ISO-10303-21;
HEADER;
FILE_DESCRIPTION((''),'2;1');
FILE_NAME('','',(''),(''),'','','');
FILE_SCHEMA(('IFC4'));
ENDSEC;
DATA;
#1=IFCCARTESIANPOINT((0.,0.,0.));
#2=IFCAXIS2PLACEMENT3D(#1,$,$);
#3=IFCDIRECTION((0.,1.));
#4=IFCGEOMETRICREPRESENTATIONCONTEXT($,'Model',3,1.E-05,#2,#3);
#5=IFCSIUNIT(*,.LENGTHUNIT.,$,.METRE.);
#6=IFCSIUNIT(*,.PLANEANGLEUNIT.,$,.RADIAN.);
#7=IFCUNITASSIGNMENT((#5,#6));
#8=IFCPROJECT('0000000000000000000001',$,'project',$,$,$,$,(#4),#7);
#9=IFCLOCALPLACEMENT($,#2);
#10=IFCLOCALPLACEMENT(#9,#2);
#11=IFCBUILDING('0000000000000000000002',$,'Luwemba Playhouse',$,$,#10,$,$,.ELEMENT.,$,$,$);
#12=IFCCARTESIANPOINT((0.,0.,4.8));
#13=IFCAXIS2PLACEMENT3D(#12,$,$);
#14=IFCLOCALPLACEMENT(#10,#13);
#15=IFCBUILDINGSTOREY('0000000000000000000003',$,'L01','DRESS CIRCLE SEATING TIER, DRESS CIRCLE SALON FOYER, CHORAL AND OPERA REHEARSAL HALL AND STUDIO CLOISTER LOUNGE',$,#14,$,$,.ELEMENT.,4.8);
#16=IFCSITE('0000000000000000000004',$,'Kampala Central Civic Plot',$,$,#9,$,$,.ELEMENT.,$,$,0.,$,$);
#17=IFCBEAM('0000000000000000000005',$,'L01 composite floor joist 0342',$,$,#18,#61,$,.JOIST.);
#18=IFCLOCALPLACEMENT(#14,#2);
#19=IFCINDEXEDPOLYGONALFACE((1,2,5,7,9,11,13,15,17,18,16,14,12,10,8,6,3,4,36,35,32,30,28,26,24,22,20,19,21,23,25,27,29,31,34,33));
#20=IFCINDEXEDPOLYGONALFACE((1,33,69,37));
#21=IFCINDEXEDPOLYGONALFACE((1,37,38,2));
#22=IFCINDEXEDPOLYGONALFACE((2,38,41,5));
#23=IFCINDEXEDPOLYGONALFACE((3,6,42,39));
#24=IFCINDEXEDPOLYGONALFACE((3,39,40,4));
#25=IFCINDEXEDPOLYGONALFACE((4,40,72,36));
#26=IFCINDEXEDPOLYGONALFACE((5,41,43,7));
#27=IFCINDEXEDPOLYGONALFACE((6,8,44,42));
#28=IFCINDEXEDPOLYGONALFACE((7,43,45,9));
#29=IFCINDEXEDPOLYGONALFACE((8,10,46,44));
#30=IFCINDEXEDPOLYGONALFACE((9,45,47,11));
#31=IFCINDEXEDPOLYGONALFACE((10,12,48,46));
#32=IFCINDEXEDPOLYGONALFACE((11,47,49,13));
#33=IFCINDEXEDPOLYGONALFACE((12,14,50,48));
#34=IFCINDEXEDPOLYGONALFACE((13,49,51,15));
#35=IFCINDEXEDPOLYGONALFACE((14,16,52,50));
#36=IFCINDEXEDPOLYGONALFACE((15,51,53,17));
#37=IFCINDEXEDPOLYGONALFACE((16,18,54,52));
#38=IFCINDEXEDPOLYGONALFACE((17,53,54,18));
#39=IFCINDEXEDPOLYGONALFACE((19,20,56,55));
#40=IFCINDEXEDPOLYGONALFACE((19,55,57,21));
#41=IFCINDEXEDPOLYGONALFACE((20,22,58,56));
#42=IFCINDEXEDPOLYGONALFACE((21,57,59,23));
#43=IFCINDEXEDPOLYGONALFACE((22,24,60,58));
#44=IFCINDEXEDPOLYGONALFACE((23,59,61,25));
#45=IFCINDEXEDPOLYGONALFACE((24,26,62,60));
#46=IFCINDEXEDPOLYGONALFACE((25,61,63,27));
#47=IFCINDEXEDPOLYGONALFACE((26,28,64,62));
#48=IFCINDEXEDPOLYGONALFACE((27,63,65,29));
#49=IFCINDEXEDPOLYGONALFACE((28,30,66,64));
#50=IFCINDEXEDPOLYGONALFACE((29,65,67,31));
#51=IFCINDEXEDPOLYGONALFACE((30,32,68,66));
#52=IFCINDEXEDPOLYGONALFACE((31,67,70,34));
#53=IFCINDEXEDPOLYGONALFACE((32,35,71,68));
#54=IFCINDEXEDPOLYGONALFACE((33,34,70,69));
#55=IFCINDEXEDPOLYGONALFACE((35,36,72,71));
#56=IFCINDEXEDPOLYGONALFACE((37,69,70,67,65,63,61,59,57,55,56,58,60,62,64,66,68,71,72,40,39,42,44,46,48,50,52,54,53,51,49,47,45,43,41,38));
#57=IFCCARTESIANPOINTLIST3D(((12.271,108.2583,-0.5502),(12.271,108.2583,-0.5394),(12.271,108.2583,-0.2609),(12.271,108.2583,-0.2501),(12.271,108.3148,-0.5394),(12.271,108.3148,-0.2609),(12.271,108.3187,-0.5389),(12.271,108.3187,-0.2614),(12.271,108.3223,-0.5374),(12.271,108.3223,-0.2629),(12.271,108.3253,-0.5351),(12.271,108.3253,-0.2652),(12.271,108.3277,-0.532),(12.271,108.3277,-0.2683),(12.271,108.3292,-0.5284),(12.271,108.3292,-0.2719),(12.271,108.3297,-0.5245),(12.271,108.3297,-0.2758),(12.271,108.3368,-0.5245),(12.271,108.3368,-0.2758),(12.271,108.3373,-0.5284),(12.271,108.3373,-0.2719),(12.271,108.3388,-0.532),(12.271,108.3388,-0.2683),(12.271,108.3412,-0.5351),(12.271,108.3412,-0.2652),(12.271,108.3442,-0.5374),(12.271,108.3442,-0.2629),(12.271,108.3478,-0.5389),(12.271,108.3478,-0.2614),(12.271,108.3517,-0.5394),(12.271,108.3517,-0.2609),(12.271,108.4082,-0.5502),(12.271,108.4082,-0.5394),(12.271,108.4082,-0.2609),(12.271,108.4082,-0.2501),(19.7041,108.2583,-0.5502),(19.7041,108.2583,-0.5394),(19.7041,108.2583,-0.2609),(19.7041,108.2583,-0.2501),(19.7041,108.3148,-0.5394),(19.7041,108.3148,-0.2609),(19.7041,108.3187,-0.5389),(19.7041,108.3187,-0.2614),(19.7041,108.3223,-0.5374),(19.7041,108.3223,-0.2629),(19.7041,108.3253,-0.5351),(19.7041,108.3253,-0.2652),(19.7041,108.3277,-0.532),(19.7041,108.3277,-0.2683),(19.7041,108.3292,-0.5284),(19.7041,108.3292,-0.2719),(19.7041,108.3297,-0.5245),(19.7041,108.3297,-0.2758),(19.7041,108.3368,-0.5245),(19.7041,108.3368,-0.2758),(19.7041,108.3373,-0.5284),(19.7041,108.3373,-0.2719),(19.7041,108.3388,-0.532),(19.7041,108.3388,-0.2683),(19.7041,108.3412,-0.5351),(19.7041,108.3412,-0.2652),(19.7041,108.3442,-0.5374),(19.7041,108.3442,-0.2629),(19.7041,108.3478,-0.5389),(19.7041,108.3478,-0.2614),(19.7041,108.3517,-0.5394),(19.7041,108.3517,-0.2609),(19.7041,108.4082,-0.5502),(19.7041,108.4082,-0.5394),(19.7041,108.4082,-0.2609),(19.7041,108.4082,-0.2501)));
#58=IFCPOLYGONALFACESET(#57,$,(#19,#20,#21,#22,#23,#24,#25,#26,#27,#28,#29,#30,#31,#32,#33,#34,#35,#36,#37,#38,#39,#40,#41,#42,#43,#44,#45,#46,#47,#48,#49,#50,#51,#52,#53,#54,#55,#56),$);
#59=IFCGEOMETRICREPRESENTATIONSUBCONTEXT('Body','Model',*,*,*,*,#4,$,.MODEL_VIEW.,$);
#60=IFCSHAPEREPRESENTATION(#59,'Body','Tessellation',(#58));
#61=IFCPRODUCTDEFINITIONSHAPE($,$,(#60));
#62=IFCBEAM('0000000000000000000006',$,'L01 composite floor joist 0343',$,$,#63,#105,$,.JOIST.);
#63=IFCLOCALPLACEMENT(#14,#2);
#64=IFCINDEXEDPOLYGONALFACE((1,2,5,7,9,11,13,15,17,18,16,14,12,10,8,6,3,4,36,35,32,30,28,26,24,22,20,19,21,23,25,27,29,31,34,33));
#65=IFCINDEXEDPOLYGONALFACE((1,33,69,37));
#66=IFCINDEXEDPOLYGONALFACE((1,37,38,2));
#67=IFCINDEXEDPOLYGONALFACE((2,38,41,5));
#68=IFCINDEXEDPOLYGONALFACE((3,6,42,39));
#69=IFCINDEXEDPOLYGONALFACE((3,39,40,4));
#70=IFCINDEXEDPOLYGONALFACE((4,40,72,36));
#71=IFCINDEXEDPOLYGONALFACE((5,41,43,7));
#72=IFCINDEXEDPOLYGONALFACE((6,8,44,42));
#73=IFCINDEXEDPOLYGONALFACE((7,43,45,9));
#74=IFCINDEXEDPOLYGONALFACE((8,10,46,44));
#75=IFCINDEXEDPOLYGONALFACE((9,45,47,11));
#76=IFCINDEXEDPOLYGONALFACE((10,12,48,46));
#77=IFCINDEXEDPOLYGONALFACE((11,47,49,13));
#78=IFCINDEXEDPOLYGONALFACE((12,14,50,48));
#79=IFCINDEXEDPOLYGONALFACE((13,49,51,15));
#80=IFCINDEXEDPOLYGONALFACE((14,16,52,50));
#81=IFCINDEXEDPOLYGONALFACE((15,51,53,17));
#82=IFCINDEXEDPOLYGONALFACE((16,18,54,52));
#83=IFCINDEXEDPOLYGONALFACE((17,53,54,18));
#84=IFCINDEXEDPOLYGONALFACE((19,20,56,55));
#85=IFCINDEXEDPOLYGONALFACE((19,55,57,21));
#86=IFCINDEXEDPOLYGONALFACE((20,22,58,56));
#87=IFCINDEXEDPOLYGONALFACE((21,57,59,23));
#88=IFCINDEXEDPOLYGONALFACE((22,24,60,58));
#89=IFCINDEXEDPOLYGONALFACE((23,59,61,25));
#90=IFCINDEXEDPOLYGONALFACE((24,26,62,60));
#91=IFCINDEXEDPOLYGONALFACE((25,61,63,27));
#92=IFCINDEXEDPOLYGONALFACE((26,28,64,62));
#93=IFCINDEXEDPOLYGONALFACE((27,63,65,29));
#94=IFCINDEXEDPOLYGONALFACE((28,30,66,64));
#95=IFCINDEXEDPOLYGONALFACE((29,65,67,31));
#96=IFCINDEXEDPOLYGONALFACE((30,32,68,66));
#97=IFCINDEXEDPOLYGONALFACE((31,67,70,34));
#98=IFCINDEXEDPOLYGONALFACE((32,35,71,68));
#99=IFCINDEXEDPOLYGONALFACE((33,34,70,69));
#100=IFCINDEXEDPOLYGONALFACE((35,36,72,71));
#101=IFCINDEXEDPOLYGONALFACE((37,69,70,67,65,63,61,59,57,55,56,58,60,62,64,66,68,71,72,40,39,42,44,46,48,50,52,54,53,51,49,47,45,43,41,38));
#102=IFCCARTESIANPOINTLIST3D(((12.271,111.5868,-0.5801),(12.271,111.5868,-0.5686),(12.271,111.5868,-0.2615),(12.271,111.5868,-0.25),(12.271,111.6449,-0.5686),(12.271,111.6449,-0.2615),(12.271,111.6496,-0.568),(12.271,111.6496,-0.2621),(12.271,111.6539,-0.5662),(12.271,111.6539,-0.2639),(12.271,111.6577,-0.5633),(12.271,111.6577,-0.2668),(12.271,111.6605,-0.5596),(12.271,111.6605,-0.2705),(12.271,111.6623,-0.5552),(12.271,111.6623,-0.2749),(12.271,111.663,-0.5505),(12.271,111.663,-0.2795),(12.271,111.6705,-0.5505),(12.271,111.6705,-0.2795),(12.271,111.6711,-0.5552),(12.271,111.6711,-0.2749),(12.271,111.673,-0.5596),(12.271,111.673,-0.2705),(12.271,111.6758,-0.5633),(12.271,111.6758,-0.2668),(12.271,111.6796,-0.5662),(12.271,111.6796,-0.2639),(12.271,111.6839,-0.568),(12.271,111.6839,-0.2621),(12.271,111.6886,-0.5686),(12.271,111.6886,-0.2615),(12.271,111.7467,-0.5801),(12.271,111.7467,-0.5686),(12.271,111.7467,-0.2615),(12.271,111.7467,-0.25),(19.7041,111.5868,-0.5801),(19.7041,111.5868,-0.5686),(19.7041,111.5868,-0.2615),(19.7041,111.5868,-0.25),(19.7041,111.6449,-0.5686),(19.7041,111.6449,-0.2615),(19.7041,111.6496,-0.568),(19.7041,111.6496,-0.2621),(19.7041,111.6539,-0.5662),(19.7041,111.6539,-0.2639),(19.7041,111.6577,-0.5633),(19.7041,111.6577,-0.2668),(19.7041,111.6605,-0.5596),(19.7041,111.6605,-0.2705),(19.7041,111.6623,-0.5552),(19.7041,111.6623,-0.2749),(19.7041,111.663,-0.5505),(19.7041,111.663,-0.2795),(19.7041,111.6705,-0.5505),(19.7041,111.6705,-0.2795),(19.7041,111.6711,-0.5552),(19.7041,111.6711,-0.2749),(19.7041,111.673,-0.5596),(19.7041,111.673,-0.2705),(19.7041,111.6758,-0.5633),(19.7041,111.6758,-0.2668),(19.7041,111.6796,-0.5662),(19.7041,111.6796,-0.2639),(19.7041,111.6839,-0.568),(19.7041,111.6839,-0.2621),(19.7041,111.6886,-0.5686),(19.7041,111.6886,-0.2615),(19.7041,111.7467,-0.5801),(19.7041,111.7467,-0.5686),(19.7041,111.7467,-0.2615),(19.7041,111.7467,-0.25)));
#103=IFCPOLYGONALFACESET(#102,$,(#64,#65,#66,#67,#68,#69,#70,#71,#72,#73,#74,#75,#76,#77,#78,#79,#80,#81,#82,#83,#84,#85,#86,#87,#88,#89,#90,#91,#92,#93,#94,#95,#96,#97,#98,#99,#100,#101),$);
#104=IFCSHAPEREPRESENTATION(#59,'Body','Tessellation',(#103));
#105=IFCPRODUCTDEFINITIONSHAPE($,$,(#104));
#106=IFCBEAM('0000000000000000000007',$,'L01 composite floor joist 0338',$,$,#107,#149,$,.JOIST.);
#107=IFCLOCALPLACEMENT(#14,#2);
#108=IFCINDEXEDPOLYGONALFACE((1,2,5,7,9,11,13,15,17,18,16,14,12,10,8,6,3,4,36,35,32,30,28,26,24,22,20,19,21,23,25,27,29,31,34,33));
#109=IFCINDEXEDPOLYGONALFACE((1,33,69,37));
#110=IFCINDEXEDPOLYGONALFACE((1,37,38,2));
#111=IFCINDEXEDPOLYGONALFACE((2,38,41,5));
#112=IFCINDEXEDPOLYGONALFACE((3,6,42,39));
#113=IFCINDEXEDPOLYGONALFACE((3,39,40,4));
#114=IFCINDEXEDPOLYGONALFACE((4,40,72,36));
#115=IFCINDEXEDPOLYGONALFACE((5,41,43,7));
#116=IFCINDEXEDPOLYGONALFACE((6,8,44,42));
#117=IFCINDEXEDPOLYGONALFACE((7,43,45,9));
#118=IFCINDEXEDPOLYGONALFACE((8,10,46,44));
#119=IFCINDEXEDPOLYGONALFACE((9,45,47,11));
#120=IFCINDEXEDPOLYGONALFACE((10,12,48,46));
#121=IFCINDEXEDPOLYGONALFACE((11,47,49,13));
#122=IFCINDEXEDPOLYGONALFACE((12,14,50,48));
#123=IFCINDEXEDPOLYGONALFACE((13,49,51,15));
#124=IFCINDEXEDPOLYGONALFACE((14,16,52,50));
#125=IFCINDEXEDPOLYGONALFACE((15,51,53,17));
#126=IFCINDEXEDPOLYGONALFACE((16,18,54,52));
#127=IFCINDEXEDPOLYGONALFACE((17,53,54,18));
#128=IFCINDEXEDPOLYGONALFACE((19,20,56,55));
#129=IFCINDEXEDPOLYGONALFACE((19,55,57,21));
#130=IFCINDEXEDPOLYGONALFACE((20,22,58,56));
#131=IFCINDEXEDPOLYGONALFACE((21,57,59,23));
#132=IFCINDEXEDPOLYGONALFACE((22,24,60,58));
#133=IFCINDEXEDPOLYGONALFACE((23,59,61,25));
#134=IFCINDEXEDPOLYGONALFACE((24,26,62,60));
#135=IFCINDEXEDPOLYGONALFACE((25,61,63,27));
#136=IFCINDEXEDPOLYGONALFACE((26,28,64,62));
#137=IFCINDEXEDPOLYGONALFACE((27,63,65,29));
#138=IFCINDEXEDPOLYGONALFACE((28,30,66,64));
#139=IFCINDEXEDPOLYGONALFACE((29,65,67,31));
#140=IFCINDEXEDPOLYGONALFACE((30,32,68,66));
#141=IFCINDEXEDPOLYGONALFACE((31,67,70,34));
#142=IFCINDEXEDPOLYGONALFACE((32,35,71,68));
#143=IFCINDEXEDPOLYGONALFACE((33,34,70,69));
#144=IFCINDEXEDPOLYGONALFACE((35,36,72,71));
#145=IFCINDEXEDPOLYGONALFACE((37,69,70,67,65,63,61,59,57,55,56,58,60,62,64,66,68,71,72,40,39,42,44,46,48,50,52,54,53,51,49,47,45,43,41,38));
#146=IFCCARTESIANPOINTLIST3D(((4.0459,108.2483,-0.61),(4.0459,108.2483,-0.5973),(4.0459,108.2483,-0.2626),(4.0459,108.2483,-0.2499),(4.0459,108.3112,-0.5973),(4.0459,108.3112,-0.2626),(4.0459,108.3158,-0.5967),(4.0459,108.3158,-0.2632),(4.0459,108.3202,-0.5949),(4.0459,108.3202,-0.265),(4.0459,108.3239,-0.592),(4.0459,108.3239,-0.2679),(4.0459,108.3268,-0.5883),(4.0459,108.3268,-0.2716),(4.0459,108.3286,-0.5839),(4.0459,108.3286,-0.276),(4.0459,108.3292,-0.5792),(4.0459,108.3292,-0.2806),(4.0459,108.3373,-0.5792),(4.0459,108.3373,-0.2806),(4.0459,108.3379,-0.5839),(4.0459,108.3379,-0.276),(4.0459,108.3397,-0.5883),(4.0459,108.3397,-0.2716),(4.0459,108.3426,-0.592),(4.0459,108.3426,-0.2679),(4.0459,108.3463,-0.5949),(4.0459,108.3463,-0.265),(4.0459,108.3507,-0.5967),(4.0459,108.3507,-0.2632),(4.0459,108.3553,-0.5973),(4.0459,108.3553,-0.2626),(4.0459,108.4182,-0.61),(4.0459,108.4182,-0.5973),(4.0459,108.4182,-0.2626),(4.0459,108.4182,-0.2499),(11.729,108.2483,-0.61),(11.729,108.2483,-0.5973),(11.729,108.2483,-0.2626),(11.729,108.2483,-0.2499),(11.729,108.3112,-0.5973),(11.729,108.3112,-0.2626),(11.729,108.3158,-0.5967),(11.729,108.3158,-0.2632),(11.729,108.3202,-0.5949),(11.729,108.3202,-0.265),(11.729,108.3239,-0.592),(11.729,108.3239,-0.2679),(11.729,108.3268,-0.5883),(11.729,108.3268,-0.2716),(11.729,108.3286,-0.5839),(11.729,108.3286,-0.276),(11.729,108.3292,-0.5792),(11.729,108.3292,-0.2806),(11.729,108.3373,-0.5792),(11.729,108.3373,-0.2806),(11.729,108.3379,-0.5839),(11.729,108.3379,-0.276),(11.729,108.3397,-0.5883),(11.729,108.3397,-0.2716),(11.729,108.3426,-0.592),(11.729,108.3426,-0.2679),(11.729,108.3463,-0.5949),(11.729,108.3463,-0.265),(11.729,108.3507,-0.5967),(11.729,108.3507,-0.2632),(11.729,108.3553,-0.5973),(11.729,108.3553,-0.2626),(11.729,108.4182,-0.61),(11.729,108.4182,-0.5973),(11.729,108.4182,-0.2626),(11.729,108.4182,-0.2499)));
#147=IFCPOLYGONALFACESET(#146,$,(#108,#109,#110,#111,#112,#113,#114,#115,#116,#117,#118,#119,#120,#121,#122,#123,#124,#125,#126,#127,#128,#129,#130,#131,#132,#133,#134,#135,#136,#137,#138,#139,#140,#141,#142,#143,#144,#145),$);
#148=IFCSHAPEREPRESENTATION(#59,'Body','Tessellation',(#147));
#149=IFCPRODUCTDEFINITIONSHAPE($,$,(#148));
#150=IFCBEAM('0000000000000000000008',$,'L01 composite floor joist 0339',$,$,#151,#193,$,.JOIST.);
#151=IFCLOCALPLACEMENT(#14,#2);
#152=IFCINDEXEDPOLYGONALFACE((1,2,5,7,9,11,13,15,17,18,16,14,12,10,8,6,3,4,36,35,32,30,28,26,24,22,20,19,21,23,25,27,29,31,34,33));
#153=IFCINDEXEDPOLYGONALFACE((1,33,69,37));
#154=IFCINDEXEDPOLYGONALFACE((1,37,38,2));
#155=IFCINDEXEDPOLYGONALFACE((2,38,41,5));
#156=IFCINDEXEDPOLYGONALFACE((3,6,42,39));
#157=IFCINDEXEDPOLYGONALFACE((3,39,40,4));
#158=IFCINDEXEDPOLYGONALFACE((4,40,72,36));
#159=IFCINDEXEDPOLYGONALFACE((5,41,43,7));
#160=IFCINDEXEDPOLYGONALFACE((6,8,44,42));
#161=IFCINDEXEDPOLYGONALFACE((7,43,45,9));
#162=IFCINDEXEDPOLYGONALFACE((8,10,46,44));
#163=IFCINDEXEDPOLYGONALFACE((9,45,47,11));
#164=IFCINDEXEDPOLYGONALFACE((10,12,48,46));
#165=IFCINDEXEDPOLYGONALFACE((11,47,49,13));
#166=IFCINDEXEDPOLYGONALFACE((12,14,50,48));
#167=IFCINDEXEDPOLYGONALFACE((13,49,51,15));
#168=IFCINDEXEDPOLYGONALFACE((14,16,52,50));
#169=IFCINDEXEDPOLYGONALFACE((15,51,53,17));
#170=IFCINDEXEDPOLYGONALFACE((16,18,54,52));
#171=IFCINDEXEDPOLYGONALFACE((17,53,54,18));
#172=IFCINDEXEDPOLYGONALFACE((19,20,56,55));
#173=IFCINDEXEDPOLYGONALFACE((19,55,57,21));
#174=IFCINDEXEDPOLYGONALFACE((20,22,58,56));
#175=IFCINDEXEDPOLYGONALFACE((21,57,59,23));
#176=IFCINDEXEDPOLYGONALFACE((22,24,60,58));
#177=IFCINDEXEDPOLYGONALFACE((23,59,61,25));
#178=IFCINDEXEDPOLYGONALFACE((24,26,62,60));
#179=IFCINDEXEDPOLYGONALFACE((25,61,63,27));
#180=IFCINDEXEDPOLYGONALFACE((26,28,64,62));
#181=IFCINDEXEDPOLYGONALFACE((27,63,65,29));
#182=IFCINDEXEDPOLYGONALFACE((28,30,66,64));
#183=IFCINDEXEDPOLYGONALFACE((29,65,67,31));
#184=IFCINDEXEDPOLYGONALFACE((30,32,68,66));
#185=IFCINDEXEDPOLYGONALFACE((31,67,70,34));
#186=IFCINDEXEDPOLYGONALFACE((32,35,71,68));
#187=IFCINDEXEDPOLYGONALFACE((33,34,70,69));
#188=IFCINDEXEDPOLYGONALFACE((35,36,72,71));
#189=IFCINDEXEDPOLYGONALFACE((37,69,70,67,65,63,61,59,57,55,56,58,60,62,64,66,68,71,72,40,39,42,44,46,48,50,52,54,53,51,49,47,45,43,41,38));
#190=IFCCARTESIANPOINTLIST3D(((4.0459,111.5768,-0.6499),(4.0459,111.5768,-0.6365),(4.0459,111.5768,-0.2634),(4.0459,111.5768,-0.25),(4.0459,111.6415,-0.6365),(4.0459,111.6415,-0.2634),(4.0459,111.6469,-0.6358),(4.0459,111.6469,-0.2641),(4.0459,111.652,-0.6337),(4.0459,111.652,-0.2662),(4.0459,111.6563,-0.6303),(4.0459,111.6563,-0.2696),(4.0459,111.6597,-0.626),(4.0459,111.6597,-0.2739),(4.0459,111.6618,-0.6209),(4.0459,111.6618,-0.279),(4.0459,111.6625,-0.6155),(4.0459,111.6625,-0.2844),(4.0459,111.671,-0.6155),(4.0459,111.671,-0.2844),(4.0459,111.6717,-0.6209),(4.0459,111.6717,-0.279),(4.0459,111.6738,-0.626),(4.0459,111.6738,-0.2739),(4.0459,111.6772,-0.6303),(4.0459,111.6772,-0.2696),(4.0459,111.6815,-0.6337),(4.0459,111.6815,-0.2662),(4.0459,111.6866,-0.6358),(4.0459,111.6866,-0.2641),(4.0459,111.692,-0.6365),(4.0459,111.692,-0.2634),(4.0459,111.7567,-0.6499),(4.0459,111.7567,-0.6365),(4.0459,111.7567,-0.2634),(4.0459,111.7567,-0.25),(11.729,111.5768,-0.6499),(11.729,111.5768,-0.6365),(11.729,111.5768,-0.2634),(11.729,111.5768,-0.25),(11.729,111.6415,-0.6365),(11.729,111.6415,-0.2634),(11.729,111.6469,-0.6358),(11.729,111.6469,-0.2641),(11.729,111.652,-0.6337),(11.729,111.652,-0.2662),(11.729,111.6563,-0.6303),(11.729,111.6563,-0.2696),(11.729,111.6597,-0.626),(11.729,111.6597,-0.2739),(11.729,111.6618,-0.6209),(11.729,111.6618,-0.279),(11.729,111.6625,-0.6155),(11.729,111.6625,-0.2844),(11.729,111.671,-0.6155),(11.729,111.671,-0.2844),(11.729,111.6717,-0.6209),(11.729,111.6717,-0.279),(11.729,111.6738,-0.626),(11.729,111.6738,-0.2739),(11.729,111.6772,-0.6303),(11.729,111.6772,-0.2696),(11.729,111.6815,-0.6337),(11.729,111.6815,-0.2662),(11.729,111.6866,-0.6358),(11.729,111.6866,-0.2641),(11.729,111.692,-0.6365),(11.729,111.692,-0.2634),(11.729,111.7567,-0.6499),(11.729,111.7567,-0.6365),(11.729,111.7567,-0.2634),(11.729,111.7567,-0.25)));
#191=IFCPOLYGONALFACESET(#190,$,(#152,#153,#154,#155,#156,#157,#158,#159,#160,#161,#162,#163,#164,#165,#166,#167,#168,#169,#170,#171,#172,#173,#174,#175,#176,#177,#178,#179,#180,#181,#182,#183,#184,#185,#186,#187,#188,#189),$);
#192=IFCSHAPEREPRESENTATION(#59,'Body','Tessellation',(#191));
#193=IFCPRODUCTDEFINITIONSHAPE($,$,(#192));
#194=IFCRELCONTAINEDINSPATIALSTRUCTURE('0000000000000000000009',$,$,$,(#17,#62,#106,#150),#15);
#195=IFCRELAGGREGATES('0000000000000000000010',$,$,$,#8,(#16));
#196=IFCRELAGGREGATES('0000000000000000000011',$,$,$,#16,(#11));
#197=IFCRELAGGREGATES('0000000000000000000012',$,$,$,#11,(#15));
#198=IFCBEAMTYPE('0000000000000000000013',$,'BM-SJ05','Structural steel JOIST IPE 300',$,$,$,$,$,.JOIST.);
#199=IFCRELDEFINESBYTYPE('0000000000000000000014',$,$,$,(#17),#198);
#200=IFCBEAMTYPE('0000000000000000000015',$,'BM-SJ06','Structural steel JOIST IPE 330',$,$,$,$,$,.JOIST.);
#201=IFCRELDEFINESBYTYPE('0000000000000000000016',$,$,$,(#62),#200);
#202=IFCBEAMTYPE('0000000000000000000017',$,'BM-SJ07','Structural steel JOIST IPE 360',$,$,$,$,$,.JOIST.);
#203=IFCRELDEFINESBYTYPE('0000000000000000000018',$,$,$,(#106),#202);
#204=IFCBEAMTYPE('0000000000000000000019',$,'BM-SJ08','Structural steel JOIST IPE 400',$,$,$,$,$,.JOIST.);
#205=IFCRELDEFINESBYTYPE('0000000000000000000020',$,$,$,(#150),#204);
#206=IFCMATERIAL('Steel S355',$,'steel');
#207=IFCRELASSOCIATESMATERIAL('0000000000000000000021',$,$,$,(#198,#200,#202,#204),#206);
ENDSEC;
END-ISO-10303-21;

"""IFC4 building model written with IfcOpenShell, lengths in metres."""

from ifc_helpers import new_model, si_unit, direction, frame, origin, origin_2d, place, context, subcontext, project, spatial, i_section, extrude, material, material_profile, profile_set, type_object, element, save


model = new_model("IFC4")

# Units and contexts
model_context = context("Model", 3, precision=1e-05, world=origin(), true_north=direction((0.0, 1.0)))
body_context = subcontext(model_context, "Body", "Model", "MODEL_VIEW")
ifc_project = project(units=[si_unit("LENGTHUNIT", "METRE"), si_unit("PLANEANGLEUNIT", "RADIAN")], contexts=[model_context])

# Site, building, storey
site_placement = place(None, origin())
site = spatial("IfcSite", under=ifc_project, at=site_placement, Name="Kampala Central Civic Plot", CompositionType="ELEMENT", RefElevation=0.0)
building_placement = place(site_placement, origin())
building = spatial("IfcBuilding", under=site, at=building_placement, Name="Luwemba Playhouse", CompositionType="ELEMENT")
storey_placement = place(building_placement, frame((0.0, 0.0, 4.8)))
storey = spatial("IfcBuildingStorey", under=building, at=storey_placement, Name="L01", Description="DRESS CIRCLE SEATING TIER, DRESS CIRCLE SALON FOYER, CHORAL AND OPERA REHEARSAL HALL AND STUDIO CLOISTER LOUNGE", CompositionType="ELEMENT", Elevation=4.8)

# Shared definitions
ifc_material_1 = material(Name="Steel S355", Category="steel")

# Beams
ifc_material_profile_1 = material_profile(ifc_material_1, i_section(OverallWidth=0.1499, OverallDepth=0.3, WebThickness=0.0071, FlangeThickness=0.0107, FilletRadius=0.0149, at=origin_2d()))
ifc_profile_set_1 = profile_set([ifc_material_profile_1], Name="Steel S355")
beam_type_1 = type_object("IfcBeamType", Name="BM-SJ05", Description="Structural steel JOIST IPE 300", PredefinedType="JOIST", material=ifc_profile_set_1)
beam_1_placement = place(storey_placement, frame((12.271, 108.3333, -0.4001), z_axis=(1.0, 0.0, 0.0), x_axis=(0.0, 1.0, 0.0)))
element("IfcBeam", 1, at=beam_1_placement, inside=storey, type_object=beam_type_1, Name="L01 composite floor joist 0342", PredefinedType="JOIST", context=body_context, shape_type="SweptSolid", body=[
    extrude(i_section(OverallWidth=0.1499, OverallDepth=0.3, WebThickness=0.0071, FlangeThickness=0.0107, FilletRadius=0.0149, at=origin_2d()), origin(), (0.0, 0.0, 1.0), 7.4331),
])
ifc_material_profile_2 = material_profile(ifc_material_1, i_section(OverallWidth=0.1599, OverallDepth=0.3301, WebThickness=0.0076, FlangeThickness=0.0115, FilletRadius=0.0181, at=origin_2d()))
ifc_profile_set_2 = profile_set([ifc_material_profile_2], Name="Steel S355")
beam_type_2 = type_object("IfcBeamType", Name="BM-SJ06", Description="Structural steel JOIST IPE 330", PredefinedType="JOIST", material=ifc_profile_set_2)
beam_2_placement = place(storey_placement, frame((12.271, 111.6667, -0.415), z_axis=(1.0, 0.0, 0.0), x_axis=(0.0, 1.0, 0.0)))
element("IfcBeam", 2, at=beam_2_placement, inside=storey, type_object=beam_type_2, Name="L01 composite floor joist 0343", PredefinedType="JOIST", context=body_context, shape_type="SweptSolid", body=[
    extrude(i_section(OverallWidth=0.1599, OverallDepth=0.3301, WebThickness=0.0076, FlangeThickness=0.0115, FilletRadius=0.0181, at=origin_2d()), origin(), (0.0, 0.0, 1.0), 7.4331),
])
ifc_material_profile_3 = material_profile(ifc_material_1, i_section(OverallWidth=0.1699, OverallDepth=0.3601, WebThickness=0.0081, FlangeThickness=0.0127, FilletRadius=0.0181, at=origin_2d()))
ifc_profile_set_3 = profile_set([ifc_material_profile_3], Name="Steel S355")
beam_type_3 = type_object("IfcBeamType", Name="BM-SJ07", Description="Structural steel JOIST IPE 360", PredefinedType="JOIST", material=ifc_profile_set_3)
beam_3_placement = place(storey_placement, frame((4.0459, 108.3333, -0.4299), z_axis=(1.0, 0.0, 0.0), x_axis=(0.0, 1.0, 0.0)))
element("IfcBeam", 3, at=beam_3_placement, inside=storey, type_object=beam_type_3, Name="L01 composite floor joist 0338", PredefinedType="JOIST", context=body_context, shape_type="SweptSolid", body=[
    extrude(i_section(OverallWidth=0.1699, OverallDepth=0.3601, WebThickness=0.0081, FlangeThickness=0.0127, FilletRadius=0.0181, at=origin_2d()), origin(), (0.0, 0.0, 1.0), 7.6831),
])
ifc_material_profile_4 = material_profile(ifc_material_1, i_section(OverallWidth=0.1799, OverallDepth=0.3999, WebThickness=0.0085, FlangeThickness=0.0134, FilletRadius=0.021, at=origin_2d()))
ifc_profile_set_4 = profile_set([ifc_material_profile_4], Name="Steel S355")
beam_type_4 = type_object("IfcBeamType", Name="BM-SJ08", Description="Structural steel JOIST IPE 400", PredefinedType="JOIST", material=ifc_profile_set_4)
beam_4_placement = place(storey_placement, frame((4.0459, 111.6667, -0.45), z_axis=(1.0, 0.0, 0.0), x_axis=(0.0, 1.0, 0.0)))
element("IfcBeam", 4, at=beam_4_placement, inside=storey, type_object=beam_type_4, Name="L01 composite floor joist 0339", PredefinedType="JOIST", context=body_context, shape_type="SweptSolid", body=[
    extrude(i_section(OverallWidth=0.1799, OverallDepth=0.3999, WebThickness=0.0085, FlangeThickness=0.0134, FilletRadius=0.021, at=origin_2d()), origin(), (0.0, 0.0, 1.0), 7.6831),
])

save(model, "model.ifc")
